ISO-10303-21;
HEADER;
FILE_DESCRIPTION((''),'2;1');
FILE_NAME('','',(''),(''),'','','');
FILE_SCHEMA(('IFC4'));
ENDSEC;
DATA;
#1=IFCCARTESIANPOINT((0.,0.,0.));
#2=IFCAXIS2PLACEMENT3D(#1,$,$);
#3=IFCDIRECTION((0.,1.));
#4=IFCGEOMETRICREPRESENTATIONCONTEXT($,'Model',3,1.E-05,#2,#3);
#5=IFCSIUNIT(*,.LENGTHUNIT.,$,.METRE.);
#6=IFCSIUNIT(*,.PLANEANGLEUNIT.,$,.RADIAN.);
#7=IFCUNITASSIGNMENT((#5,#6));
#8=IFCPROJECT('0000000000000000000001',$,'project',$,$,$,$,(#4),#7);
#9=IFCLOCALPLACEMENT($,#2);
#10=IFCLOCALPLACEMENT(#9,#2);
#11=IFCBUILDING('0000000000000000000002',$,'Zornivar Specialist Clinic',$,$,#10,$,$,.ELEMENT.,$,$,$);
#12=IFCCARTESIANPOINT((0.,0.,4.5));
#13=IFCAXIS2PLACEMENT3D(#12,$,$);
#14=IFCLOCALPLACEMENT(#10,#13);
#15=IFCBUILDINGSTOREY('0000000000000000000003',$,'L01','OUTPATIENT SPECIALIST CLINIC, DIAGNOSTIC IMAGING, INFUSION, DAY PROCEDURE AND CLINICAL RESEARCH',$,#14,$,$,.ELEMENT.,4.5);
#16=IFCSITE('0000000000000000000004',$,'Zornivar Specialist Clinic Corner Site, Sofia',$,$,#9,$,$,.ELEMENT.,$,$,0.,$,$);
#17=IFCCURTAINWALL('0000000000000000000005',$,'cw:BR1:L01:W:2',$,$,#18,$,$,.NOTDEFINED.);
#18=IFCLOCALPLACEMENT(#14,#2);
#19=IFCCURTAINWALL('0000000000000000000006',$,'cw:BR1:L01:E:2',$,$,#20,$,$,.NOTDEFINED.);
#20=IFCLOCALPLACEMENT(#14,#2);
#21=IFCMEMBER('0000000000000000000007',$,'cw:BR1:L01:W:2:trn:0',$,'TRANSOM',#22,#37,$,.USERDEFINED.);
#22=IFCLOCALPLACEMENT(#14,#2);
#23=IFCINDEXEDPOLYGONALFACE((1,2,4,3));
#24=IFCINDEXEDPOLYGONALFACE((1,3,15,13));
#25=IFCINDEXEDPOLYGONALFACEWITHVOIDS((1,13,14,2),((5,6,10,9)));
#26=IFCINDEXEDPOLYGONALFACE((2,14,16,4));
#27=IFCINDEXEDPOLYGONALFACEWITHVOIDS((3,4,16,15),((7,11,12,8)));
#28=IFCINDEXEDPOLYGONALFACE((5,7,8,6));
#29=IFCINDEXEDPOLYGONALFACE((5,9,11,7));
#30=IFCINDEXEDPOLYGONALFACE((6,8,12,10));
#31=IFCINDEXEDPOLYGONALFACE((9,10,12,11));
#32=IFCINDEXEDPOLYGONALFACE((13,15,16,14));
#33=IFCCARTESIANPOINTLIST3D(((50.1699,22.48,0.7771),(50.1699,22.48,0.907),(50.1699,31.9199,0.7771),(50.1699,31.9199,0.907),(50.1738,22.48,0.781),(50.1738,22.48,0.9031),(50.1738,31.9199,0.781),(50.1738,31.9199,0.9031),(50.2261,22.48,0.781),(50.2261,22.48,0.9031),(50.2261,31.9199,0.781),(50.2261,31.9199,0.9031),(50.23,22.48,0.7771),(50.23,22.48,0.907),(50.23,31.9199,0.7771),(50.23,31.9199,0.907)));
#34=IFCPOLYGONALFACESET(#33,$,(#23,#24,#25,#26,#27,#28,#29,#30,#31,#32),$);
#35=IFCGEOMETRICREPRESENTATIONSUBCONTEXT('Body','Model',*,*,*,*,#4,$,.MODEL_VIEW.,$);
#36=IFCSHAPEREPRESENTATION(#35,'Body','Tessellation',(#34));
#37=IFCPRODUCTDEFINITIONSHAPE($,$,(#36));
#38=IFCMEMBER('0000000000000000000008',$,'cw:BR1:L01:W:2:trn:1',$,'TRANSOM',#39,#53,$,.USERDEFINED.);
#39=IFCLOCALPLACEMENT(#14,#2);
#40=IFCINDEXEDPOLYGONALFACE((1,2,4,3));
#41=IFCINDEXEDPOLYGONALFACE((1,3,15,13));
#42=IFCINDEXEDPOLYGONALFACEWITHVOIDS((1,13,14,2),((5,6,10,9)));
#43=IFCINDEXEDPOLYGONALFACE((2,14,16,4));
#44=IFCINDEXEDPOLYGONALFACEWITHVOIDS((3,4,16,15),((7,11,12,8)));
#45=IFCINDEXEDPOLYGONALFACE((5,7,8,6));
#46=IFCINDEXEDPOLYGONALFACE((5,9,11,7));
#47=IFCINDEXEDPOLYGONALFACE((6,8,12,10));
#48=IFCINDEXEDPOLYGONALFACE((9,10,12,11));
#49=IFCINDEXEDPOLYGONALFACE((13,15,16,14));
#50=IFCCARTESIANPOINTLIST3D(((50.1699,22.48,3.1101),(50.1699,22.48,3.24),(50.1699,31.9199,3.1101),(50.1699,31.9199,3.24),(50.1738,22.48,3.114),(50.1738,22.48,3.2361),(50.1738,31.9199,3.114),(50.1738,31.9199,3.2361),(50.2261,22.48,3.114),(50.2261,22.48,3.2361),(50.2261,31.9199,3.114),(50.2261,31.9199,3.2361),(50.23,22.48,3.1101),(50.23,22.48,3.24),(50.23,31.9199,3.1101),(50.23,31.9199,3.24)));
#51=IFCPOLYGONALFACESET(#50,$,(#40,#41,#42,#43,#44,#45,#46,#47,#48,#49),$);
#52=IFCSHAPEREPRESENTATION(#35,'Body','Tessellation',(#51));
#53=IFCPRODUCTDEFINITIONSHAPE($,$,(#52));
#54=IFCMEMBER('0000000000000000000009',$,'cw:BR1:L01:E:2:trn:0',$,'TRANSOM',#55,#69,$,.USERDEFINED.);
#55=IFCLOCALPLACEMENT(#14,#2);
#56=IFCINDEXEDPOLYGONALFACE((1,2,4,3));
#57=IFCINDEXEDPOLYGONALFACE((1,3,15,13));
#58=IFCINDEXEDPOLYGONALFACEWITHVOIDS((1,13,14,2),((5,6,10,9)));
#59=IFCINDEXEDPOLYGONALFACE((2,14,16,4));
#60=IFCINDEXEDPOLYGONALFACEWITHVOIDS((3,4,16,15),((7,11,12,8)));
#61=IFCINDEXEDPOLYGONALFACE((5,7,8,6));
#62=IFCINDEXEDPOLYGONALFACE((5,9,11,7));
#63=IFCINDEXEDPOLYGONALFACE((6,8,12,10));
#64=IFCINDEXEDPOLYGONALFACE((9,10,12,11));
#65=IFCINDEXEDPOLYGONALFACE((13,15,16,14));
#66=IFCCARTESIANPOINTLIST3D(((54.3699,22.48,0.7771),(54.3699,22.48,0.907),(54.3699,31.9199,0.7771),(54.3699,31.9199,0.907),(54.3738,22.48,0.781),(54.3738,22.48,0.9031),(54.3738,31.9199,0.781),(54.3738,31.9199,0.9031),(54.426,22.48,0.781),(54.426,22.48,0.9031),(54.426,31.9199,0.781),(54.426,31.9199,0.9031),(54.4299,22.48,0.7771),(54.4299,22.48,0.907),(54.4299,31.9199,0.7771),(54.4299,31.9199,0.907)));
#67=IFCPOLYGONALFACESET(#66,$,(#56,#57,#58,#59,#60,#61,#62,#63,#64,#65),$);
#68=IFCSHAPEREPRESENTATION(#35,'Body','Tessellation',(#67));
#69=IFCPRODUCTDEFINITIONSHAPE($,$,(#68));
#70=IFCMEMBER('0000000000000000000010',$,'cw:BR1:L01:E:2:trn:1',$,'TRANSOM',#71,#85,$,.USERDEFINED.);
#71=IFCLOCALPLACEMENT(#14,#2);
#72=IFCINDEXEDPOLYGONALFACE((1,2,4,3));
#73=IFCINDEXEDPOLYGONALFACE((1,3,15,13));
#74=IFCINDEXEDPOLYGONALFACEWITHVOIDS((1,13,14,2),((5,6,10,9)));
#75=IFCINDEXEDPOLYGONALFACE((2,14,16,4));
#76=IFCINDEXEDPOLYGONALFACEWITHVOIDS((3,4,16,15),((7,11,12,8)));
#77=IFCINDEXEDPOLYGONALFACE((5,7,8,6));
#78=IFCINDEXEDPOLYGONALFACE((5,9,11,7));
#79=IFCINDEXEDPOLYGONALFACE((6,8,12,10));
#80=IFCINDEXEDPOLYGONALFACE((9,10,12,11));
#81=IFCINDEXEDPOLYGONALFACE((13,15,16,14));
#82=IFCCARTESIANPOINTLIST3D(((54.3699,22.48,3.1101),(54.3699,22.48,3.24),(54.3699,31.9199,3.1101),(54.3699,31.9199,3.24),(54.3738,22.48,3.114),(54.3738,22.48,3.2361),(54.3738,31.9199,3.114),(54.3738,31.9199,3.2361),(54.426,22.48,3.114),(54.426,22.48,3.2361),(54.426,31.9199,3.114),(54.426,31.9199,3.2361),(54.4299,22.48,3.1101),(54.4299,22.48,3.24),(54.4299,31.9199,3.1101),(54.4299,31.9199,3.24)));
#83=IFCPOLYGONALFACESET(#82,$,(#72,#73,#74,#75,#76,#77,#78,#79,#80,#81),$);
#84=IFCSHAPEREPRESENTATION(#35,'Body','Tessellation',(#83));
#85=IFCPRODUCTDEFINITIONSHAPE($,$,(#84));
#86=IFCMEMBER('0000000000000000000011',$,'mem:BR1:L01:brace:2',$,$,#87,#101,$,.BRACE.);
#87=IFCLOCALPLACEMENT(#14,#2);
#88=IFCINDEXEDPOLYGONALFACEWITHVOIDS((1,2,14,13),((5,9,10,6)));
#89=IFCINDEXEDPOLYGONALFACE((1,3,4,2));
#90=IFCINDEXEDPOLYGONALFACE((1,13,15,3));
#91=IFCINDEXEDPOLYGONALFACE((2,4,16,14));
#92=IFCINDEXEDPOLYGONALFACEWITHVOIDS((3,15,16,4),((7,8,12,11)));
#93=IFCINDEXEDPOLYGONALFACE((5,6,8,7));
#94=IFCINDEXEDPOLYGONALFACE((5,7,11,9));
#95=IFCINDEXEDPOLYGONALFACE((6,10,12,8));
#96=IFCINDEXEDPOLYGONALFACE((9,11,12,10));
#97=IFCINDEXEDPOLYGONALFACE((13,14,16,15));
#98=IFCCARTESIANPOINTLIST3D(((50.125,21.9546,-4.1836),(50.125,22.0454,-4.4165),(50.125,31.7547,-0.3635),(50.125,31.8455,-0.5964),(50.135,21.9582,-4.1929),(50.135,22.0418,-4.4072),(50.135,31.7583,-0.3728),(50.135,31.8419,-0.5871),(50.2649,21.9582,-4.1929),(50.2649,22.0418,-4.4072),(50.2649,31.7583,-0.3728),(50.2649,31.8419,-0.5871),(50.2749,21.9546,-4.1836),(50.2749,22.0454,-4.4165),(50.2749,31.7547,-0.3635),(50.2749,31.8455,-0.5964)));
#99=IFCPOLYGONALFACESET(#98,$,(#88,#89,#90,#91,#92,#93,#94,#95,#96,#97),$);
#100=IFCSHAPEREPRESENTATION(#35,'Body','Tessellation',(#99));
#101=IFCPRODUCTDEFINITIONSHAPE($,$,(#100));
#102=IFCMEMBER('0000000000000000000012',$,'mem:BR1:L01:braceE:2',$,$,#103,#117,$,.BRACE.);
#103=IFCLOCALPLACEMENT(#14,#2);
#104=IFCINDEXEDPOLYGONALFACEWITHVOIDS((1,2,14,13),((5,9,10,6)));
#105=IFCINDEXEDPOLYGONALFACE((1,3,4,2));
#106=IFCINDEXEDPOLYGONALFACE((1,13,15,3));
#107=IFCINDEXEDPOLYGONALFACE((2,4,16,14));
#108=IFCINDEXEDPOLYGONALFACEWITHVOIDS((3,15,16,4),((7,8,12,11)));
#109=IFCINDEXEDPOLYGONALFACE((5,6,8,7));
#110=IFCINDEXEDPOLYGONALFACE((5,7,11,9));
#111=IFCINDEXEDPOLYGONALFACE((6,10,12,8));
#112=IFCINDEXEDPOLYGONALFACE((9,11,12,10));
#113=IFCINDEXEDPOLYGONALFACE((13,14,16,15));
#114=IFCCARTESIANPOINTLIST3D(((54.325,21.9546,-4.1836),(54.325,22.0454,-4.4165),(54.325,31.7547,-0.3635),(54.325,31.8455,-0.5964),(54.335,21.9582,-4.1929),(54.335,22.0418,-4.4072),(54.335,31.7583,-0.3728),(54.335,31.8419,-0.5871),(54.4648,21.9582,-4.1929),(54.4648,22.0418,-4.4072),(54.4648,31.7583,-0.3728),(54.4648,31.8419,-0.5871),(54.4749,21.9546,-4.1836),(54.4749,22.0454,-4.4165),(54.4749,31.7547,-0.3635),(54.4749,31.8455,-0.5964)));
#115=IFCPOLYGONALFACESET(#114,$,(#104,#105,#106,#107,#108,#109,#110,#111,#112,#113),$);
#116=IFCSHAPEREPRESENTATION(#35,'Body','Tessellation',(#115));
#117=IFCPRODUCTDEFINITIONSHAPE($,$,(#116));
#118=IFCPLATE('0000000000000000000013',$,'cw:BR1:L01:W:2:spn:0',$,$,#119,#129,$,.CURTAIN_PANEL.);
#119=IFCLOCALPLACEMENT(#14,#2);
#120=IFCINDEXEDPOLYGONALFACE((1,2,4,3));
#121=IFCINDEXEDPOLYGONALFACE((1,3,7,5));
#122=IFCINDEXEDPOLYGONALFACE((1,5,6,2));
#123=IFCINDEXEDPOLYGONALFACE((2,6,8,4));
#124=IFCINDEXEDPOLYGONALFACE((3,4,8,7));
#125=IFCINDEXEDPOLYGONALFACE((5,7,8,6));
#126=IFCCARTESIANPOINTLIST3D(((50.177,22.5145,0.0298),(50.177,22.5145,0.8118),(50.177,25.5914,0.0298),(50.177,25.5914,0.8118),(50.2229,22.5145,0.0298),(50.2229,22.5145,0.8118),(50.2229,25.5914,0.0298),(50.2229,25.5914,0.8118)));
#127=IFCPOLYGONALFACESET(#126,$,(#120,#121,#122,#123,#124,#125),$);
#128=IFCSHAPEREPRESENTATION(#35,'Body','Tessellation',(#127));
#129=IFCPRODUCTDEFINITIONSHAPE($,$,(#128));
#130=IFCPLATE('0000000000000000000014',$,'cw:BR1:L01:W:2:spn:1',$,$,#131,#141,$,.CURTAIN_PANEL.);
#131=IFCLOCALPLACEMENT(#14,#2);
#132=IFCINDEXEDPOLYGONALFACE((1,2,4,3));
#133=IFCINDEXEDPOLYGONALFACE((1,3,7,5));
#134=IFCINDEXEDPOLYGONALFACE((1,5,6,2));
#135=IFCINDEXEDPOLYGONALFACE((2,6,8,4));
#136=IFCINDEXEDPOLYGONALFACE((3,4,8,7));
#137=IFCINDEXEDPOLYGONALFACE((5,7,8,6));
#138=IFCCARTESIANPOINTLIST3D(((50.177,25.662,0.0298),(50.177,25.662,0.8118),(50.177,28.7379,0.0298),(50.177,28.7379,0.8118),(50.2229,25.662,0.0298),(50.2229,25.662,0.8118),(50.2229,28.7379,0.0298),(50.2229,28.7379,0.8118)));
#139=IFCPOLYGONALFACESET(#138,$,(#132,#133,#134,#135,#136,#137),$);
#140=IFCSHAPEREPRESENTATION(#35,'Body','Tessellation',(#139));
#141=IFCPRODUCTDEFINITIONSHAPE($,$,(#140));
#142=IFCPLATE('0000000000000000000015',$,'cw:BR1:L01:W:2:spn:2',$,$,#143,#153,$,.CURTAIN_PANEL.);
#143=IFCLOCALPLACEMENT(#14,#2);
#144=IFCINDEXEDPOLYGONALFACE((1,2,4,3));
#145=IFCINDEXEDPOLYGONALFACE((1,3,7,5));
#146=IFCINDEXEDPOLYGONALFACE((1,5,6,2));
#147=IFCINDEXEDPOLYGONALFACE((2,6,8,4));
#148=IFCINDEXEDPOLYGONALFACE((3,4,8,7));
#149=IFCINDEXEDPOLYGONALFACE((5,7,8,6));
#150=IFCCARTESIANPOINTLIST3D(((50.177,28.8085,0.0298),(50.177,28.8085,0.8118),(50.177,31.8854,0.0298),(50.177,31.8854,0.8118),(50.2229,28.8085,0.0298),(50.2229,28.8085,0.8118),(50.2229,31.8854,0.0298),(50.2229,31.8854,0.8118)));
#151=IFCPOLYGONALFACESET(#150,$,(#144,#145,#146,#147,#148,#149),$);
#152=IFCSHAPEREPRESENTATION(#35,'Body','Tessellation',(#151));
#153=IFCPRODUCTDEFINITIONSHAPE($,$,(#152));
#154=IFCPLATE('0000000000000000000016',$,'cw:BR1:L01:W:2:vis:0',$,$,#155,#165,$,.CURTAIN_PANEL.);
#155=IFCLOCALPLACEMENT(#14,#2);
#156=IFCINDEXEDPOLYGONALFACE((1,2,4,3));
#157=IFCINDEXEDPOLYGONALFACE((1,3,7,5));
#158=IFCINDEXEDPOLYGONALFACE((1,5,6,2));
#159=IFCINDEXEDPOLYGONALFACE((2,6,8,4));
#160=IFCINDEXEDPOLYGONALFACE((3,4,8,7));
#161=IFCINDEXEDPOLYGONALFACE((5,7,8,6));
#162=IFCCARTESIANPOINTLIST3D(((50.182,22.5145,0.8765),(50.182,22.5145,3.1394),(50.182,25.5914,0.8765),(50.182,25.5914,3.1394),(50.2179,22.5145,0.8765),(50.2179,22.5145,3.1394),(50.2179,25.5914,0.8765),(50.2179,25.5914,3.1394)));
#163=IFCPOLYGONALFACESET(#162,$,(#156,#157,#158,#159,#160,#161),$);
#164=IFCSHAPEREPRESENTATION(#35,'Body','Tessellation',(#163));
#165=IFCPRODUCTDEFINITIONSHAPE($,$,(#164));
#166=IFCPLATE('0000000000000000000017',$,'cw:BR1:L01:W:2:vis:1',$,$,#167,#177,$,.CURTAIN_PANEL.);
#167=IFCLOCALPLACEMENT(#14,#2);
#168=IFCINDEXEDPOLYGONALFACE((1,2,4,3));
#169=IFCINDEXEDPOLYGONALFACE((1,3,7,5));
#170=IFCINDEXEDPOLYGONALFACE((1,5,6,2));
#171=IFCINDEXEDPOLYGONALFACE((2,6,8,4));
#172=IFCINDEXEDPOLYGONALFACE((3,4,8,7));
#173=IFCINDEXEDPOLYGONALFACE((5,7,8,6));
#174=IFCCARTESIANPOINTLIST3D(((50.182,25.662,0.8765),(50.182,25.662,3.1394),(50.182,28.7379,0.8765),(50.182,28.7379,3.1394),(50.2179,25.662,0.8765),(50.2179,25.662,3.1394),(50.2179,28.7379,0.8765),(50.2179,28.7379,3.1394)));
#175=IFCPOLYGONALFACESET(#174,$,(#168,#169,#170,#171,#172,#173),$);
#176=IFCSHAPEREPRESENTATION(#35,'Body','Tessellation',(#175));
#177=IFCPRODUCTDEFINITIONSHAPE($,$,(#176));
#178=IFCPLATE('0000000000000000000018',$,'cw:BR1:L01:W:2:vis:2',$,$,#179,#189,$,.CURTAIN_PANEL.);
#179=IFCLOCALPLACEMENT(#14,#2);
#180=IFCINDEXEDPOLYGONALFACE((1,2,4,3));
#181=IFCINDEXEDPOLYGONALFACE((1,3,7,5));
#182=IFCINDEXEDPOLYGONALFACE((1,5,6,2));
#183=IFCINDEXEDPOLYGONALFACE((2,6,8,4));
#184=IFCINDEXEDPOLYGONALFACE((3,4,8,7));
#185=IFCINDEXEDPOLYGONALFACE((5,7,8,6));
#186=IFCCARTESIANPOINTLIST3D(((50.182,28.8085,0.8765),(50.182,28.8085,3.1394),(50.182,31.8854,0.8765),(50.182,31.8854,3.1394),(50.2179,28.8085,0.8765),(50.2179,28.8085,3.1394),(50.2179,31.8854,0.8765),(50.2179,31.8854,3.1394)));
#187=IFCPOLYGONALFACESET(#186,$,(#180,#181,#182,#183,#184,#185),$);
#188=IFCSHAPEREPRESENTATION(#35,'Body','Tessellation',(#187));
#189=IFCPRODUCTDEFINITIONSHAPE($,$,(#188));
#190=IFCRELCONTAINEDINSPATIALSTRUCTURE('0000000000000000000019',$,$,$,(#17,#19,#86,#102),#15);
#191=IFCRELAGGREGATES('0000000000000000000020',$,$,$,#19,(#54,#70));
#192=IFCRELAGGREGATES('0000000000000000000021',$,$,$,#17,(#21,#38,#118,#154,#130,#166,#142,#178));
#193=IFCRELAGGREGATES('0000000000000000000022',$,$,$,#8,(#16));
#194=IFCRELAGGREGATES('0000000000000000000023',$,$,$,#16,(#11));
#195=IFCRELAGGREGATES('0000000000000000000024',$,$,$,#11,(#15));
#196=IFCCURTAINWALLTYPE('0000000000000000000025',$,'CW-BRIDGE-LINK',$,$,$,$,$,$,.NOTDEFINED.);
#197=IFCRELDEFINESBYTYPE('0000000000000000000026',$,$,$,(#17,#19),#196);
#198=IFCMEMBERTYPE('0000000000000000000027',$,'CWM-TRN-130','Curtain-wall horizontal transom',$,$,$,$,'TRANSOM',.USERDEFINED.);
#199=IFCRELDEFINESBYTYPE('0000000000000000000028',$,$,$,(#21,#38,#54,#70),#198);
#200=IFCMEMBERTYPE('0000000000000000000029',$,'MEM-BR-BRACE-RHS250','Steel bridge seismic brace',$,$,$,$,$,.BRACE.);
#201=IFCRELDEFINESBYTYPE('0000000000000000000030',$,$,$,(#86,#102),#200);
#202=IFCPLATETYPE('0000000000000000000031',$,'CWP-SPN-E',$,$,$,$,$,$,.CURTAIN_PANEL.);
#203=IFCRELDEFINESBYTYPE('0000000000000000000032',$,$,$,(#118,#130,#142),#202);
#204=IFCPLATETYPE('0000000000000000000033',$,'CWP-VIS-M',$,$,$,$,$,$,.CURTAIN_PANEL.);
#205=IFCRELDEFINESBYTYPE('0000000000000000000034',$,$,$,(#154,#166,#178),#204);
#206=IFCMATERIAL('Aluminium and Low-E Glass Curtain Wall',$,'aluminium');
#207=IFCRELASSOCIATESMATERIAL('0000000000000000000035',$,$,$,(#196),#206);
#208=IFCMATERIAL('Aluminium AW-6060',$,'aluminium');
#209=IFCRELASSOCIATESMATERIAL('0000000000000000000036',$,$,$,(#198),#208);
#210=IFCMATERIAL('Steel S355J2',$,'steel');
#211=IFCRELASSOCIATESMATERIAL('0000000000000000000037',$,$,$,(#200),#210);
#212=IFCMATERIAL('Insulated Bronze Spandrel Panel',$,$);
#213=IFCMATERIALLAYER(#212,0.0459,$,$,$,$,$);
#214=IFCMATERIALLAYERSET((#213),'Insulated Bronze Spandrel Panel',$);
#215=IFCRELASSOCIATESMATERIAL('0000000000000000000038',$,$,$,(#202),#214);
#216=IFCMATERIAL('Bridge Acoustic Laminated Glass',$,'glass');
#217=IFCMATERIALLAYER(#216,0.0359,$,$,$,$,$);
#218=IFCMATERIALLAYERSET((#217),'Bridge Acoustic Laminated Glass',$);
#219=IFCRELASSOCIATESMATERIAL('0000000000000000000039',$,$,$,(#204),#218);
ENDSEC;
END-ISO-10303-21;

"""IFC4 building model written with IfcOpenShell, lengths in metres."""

from ifc_helpers import new_model, si_unit, direction, frame, origin, origin_2d, place, context, subcontext, project, spatial, rectangle, hollow_rectangle, extrude, material, layer, layer_set, material_profile, profile_set, type_object, element, aggregate, save


model = new_model("IFC4")

# Units and contexts
model_context = context("Model", 3, precision=1e-05, world=origin(), true_north=direction((0.0, 1.0)))
body_context = subcontext(model_context, "Body", "Model", "MODEL_VIEW")
ifc_project = project(units=[si_unit("LENGTHUNIT", "METRE"), si_unit("PLANEANGLEUNIT", "RADIAN")], contexts=[model_context])

# Site, building, storey
site_placement = place(None, origin())
site = spatial("IfcSite", under=ifc_project, at=site_placement, Name="Zornivar Specialist Clinic Corner Site, Sofia", CompositionType="ELEMENT", RefElevation=0.0)
building_placement = place(site_placement, origin())
building = spatial("IfcBuilding", under=site, at=building_placement, Name="Zornivar Specialist Clinic", CompositionType="ELEMENT")
storey_placement = place(building_placement, frame((0.0, 0.0, 4.5)))
storey = spatial("IfcBuildingStorey", under=building, at=storey_placement, Name="L01", Description="OUTPATIENT SPECIALIST CLINIC, DIAGNOSTIC IMAGING, INFUSION, DAY PROCEDURE AND CLINICAL RESEARCH", CompositionType="ELEMENT", Elevation=4.5)

# Curtain wall
ifc_material_1 = material(Name="Aluminium and Low-E Glass Curtain Wall", Category="aluminium")
curtain_wall_type = type_object("IfcCurtainWallType", Name="CW-BRIDGE-LINK", PredefinedType="NOTDEFINED", material=ifc_material_1)
curtain_wall_1_placement = place(storey_placement, origin())
curtain_wall_1 = element("IfcCurtainWall", 1, at=curtain_wall_1_placement, inside=storey, type_object=curtain_wall_type, Name="cw:BR1:L01:W:2", PredefinedType="NOTDEFINED")

# Curtain wall
curtain_wall_2_placement = place(storey_placement, origin())
curtain_wall_2 = element("IfcCurtainWall", 2, at=curtain_wall_2_placement, inside=storey, type_object=curtain_wall_type, Name="cw:BR1:L01:E:2", PredefinedType="NOTDEFINED")

# Members
ifc_material_2 = material(Name="Aluminium AW-6060", Category="aluminium")
ifc_material_profile_1 = material_profile(ifc_material_2, hollow_rectangle(XDim=0.0601, YDim=0.1299, WallThickness=0.0039, at=origin_2d()), Name="ALU 60x130x4")
ifc_profile_set_1 = profile_set([ifc_material_profile_1], Name="Aluminium AW-6060")
member_type_1 = type_object("IfcMemberType", Name="CWM-TRN-130", Description="Curtain-wall horizontal transom", ElementType="TRANSOM", PredefinedType="USERDEFINED", material=ifc_profile_set_1)
member_1_placement = place(storey_placement, frame((50.2, 22.48, 0.842), z_axis=(0.0, 1.0, 0.0), x_axis=(-1.0, 0.0, 0.0)))
member_1 = element("IfcMember", 3, at=member_1_placement, type_object=member_type_1, Name="cw:BR1:L01:W:2:trn:0", ObjectType="TRANSOM", PredefinedType="USERDEFINED", context=body_context, shape_type="SweptSolid", body=[
    extrude(hollow_rectangle(XDim=0.0601, YDim=0.1299, WallThickness=0.0039, at=origin_2d()), origin(), (0.0, 0.0, 1.0), 9.4399),
])
member_2_placement = place(storey_placement, frame((50.2, 22.48, 3.175), z_axis=(0.0, 1.0, 0.0), x_axis=(-1.0, 0.0, 0.0)))
member_2 = element("IfcMember", 4, at=member_2_placement, type_object=member_type_1, Name="cw:BR1:L01:W:2:trn:1", ObjectType="TRANSOM", PredefinedType="USERDEFINED", context=body_context, shape_type="SweptSolid", body=[
    extrude(hollow_rectangle(XDim=0.0601, YDim=0.1299, WallThickness=0.0039, at=origin_2d()), origin(), (0.0, 0.0, 1.0), 9.4399),
])
member_3_placement = place(storey_placement, frame((54.3999, 22.48, 0.842), z_axis=(0.0, 1.0, 0.0), x_axis=(-1.0, 0.0, 0.0)))
member_3 = element("IfcMember", 5, at=member_3_placement, type_object=member_type_1, Name="cw:BR1:L01:E:2:trn:0", ObjectType="TRANSOM", PredefinedType="USERDEFINED", context=body_context, shape_type="SweptSolid", body=[
    extrude(hollow_rectangle(XDim=0.0601, YDim=0.1299, WallThickness=0.0039, at=origin_2d()), origin(), (0.0, 0.0, 1.0), 9.4399),
])
member_4_placement = place(storey_placement, frame((54.3999, 22.48, 3.175), z_axis=(0.0, 1.0, 0.0), x_axis=(-1.0, 0.0, 0.0)))
member_4 = element("IfcMember", 6, at=member_4_placement, type_object=member_type_1, Name="cw:BR1:L01:E:2:trn:1", ObjectType="TRANSOM", PredefinedType="USERDEFINED", context=body_context, shape_type="SweptSolid", body=[
    extrude(hollow_rectangle(XDim=0.0601, YDim=0.1299, WallThickness=0.0039, at=origin_2d()), origin(), (0.0, 0.0, 1.0), 9.4399),
])
aggregate(curtain_wall_2, [member_3, member_4])

# Members
ifc_material_3 = material(Name="Steel S355J2", Category="steel")
ifc_material_profile_2 = material_profile(ifc_material_3, hollow_rectangle(XDim=0.1499, YDim=0.25, WallThickness=0.01, at=origin_2d()), Name="RHS 250x150x10")
ifc_profile_set_2 = profile_set([ifc_material_profile_2], Name="Steel S355J2")
member_type_2 = type_object("IfcMemberType", Name="MEM-BR-BRACE-RHS250", Description="Steel bridge seismic brace", PredefinedType="BRACE", material=ifc_profile_set_2)
for number, where, z_axis, x_axis, name in (
    (7, (50.2, 22.0, -4.3), (0.0, 0.931717, 0.363184), (-1.0, 0.0, 0.0), "mem:BR1:L01:brace:2"),
    (8, (54.3999, 22.0, -4.3), (0.0, 0.931717, 0.363184), (-1.0, 0.0, 0.0), "mem:BR1:L01:braceE:2"),
):
    element("IfcMember", number, at=place(storey_placement, frame(where, z_axis=z_axis, x_axis=x_axis)), inside=storey, type_object=member_type_2, Name=name, PredefinedType="BRACE", context=body_context, shape_type="SweptSolid", body=[
        extrude(hollow_rectangle(XDim=0.1499, YDim=0.25, WallThickness=0.01, at=origin_2d()), origin(), (0.0, 0.0, 1.0), 10.5183),
    ])

# Plates
ifc_material_4 = material(Name="Insulated Bronze Spandrel Panel")
ifc_layer_1 = layer(ifc_material_4, 0.0459)
ifc_layer_set_1 = layer_set([ifc_layer_1], Name="Insulated Bronze Spandrel Panel")
plate_type_1 = type_object("IfcPlateType", Name="CWP-SPN-E", PredefinedType="CURTAIN_PANEL", material=ifc_layer_set_1)
plate_1_placement = place(storey_placement, frame((50.2, 24.053, 0.0298), z_axis=(0.0, 0.0, 1.0), x_axis=(0.0, 1.0, 0.0)))
plate_1 = element("IfcPlate", 9, at=plate_1_placement, type_object=plate_type_1, Name="cw:BR1:L01:W:2:spn:0", PredefinedType="CURTAIN_PANEL", context=body_context, shape_type="SweptSolid", body=[
    extrude(rectangle(XDim=3.0769, YDim=0.0459, at=origin_2d()), origin(), (0.0, 0.0, 1.0), 0.782),
])
plate_2_placement = place(storey_placement, frame((50.2, 27.2, 0.0298), z_axis=(0.0, 0.0, 1.0), x_axis=(0.0, 1.0, 0.0)))
plate_2 = element("IfcPlate", 10, at=plate_2_placement, type_object=plate_type_1, Name="cw:BR1:L01:W:2:spn:1", PredefinedType="CURTAIN_PANEL", context=body_context, shape_type="SweptSolid", body=[
    extrude(rectangle(XDim=3.0759, YDim=0.0459, at=origin_2d()), origin(), (0.0, 0.0, 1.0), 0.782),
])
plate_3_placement = place(storey_placement, frame((50.2, 30.3469, 0.0298), z_axis=(0.0, 0.0, 1.0), x_axis=(0.0, 1.0, 0.0)))
plate_3 = element("IfcPlate", 11, at=plate_3_placement, type_object=plate_type_1, Name="cw:BR1:L01:W:2:spn:2", PredefinedType="CURTAIN_PANEL", context=body_context, shape_type="SweptSolid", body=[
    extrude(rectangle(XDim=3.0769, YDim=0.0459, at=origin_2d()), origin(), (0.0, 0.0, 1.0), 0.782),
])
ifc_material_5 = material(Name="Bridge Acoustic Laminated Glass", Category="glass")
ifc_layer_2 = layer(ifc_material_5, 0.0359)
ifc_layer_set_2 = layer_set([ifc_layer_2], Name="Bridge Acoustic Laminated Glass")
plate_type_2 = type_object("IfcPlateType", Name="CWP-VIS-M", PredefinedType="CURTAIN_PANEL", material=ifc_layer_set_2)
plate_4_placement = place(storey_placement, frame((50.2, 24.053, 0.8765), z_axis=(0.0, 0.0, 1.0), x_axis=(0.0, 1.0, 0.0)))
plate_4 = element("IfcPlate", 12, at=plate_4_placement, type_object=plate_type_2, Name="cw:BR1:L01:W:2:vis:0", PredefinedType="CURTAIN_PANEL", context=body_context, shape_type="SweptSolid", body=[
    extrude(rectangle(XDim=3.0769, YDim=0.0359, at=origin_2d()), origin(), (0.0, 0.0, 1.0), 2.2629),
])
plate_5_placement = place(storey_placement, frame((50.2, 27.2, 0.8765), z_axis=(0.0, 0.0, 1.0), x_axis=(0.0, 1.0, 0.0)))
plate_5 = element("IfcPlate", 13, at=plate_5_placement, type_object=plate_type_2, Name="cw:BR1:L01:W:2:vis:1", PredefinedType="CURTAIN_PANEL", context=body_context, shape_type="SweptSolid", body=[
    extrude(rectangle(XDim=3.0759, YDim=0.0359, at=origin_2d()), origin(), (0.0, 0.0, 1.0), 2.2629),
])
plate_6_placement = place(storey_placement, frame((50.2, 30.3469, 0.8765), z_axis=(0.0, 0.0, 1.0), x_axis=(0.0, 1.0, 0.0)))
plate_6 = element("IfcPlate", 14, at=plate_6_placement, type_object=plate_type_2, Name="cw:BR1:L01:W:2:vis:2", PredefinedType="CURTAIN_PANEL", context=body_context, shape_type="SweptSolid", body=[
    extrude(rectangle(XDim=3.0769, YDim=0.0359, at=origin_2d()), origin(), (0.0, 0.0, 1.0), 2.2629),
])
aggregate(curtain_wall_1, [member_1, member_2, plate_1, plate_4, plate_2, plate_5, plate_3, plate_6])

save(model, "model.ifc")
